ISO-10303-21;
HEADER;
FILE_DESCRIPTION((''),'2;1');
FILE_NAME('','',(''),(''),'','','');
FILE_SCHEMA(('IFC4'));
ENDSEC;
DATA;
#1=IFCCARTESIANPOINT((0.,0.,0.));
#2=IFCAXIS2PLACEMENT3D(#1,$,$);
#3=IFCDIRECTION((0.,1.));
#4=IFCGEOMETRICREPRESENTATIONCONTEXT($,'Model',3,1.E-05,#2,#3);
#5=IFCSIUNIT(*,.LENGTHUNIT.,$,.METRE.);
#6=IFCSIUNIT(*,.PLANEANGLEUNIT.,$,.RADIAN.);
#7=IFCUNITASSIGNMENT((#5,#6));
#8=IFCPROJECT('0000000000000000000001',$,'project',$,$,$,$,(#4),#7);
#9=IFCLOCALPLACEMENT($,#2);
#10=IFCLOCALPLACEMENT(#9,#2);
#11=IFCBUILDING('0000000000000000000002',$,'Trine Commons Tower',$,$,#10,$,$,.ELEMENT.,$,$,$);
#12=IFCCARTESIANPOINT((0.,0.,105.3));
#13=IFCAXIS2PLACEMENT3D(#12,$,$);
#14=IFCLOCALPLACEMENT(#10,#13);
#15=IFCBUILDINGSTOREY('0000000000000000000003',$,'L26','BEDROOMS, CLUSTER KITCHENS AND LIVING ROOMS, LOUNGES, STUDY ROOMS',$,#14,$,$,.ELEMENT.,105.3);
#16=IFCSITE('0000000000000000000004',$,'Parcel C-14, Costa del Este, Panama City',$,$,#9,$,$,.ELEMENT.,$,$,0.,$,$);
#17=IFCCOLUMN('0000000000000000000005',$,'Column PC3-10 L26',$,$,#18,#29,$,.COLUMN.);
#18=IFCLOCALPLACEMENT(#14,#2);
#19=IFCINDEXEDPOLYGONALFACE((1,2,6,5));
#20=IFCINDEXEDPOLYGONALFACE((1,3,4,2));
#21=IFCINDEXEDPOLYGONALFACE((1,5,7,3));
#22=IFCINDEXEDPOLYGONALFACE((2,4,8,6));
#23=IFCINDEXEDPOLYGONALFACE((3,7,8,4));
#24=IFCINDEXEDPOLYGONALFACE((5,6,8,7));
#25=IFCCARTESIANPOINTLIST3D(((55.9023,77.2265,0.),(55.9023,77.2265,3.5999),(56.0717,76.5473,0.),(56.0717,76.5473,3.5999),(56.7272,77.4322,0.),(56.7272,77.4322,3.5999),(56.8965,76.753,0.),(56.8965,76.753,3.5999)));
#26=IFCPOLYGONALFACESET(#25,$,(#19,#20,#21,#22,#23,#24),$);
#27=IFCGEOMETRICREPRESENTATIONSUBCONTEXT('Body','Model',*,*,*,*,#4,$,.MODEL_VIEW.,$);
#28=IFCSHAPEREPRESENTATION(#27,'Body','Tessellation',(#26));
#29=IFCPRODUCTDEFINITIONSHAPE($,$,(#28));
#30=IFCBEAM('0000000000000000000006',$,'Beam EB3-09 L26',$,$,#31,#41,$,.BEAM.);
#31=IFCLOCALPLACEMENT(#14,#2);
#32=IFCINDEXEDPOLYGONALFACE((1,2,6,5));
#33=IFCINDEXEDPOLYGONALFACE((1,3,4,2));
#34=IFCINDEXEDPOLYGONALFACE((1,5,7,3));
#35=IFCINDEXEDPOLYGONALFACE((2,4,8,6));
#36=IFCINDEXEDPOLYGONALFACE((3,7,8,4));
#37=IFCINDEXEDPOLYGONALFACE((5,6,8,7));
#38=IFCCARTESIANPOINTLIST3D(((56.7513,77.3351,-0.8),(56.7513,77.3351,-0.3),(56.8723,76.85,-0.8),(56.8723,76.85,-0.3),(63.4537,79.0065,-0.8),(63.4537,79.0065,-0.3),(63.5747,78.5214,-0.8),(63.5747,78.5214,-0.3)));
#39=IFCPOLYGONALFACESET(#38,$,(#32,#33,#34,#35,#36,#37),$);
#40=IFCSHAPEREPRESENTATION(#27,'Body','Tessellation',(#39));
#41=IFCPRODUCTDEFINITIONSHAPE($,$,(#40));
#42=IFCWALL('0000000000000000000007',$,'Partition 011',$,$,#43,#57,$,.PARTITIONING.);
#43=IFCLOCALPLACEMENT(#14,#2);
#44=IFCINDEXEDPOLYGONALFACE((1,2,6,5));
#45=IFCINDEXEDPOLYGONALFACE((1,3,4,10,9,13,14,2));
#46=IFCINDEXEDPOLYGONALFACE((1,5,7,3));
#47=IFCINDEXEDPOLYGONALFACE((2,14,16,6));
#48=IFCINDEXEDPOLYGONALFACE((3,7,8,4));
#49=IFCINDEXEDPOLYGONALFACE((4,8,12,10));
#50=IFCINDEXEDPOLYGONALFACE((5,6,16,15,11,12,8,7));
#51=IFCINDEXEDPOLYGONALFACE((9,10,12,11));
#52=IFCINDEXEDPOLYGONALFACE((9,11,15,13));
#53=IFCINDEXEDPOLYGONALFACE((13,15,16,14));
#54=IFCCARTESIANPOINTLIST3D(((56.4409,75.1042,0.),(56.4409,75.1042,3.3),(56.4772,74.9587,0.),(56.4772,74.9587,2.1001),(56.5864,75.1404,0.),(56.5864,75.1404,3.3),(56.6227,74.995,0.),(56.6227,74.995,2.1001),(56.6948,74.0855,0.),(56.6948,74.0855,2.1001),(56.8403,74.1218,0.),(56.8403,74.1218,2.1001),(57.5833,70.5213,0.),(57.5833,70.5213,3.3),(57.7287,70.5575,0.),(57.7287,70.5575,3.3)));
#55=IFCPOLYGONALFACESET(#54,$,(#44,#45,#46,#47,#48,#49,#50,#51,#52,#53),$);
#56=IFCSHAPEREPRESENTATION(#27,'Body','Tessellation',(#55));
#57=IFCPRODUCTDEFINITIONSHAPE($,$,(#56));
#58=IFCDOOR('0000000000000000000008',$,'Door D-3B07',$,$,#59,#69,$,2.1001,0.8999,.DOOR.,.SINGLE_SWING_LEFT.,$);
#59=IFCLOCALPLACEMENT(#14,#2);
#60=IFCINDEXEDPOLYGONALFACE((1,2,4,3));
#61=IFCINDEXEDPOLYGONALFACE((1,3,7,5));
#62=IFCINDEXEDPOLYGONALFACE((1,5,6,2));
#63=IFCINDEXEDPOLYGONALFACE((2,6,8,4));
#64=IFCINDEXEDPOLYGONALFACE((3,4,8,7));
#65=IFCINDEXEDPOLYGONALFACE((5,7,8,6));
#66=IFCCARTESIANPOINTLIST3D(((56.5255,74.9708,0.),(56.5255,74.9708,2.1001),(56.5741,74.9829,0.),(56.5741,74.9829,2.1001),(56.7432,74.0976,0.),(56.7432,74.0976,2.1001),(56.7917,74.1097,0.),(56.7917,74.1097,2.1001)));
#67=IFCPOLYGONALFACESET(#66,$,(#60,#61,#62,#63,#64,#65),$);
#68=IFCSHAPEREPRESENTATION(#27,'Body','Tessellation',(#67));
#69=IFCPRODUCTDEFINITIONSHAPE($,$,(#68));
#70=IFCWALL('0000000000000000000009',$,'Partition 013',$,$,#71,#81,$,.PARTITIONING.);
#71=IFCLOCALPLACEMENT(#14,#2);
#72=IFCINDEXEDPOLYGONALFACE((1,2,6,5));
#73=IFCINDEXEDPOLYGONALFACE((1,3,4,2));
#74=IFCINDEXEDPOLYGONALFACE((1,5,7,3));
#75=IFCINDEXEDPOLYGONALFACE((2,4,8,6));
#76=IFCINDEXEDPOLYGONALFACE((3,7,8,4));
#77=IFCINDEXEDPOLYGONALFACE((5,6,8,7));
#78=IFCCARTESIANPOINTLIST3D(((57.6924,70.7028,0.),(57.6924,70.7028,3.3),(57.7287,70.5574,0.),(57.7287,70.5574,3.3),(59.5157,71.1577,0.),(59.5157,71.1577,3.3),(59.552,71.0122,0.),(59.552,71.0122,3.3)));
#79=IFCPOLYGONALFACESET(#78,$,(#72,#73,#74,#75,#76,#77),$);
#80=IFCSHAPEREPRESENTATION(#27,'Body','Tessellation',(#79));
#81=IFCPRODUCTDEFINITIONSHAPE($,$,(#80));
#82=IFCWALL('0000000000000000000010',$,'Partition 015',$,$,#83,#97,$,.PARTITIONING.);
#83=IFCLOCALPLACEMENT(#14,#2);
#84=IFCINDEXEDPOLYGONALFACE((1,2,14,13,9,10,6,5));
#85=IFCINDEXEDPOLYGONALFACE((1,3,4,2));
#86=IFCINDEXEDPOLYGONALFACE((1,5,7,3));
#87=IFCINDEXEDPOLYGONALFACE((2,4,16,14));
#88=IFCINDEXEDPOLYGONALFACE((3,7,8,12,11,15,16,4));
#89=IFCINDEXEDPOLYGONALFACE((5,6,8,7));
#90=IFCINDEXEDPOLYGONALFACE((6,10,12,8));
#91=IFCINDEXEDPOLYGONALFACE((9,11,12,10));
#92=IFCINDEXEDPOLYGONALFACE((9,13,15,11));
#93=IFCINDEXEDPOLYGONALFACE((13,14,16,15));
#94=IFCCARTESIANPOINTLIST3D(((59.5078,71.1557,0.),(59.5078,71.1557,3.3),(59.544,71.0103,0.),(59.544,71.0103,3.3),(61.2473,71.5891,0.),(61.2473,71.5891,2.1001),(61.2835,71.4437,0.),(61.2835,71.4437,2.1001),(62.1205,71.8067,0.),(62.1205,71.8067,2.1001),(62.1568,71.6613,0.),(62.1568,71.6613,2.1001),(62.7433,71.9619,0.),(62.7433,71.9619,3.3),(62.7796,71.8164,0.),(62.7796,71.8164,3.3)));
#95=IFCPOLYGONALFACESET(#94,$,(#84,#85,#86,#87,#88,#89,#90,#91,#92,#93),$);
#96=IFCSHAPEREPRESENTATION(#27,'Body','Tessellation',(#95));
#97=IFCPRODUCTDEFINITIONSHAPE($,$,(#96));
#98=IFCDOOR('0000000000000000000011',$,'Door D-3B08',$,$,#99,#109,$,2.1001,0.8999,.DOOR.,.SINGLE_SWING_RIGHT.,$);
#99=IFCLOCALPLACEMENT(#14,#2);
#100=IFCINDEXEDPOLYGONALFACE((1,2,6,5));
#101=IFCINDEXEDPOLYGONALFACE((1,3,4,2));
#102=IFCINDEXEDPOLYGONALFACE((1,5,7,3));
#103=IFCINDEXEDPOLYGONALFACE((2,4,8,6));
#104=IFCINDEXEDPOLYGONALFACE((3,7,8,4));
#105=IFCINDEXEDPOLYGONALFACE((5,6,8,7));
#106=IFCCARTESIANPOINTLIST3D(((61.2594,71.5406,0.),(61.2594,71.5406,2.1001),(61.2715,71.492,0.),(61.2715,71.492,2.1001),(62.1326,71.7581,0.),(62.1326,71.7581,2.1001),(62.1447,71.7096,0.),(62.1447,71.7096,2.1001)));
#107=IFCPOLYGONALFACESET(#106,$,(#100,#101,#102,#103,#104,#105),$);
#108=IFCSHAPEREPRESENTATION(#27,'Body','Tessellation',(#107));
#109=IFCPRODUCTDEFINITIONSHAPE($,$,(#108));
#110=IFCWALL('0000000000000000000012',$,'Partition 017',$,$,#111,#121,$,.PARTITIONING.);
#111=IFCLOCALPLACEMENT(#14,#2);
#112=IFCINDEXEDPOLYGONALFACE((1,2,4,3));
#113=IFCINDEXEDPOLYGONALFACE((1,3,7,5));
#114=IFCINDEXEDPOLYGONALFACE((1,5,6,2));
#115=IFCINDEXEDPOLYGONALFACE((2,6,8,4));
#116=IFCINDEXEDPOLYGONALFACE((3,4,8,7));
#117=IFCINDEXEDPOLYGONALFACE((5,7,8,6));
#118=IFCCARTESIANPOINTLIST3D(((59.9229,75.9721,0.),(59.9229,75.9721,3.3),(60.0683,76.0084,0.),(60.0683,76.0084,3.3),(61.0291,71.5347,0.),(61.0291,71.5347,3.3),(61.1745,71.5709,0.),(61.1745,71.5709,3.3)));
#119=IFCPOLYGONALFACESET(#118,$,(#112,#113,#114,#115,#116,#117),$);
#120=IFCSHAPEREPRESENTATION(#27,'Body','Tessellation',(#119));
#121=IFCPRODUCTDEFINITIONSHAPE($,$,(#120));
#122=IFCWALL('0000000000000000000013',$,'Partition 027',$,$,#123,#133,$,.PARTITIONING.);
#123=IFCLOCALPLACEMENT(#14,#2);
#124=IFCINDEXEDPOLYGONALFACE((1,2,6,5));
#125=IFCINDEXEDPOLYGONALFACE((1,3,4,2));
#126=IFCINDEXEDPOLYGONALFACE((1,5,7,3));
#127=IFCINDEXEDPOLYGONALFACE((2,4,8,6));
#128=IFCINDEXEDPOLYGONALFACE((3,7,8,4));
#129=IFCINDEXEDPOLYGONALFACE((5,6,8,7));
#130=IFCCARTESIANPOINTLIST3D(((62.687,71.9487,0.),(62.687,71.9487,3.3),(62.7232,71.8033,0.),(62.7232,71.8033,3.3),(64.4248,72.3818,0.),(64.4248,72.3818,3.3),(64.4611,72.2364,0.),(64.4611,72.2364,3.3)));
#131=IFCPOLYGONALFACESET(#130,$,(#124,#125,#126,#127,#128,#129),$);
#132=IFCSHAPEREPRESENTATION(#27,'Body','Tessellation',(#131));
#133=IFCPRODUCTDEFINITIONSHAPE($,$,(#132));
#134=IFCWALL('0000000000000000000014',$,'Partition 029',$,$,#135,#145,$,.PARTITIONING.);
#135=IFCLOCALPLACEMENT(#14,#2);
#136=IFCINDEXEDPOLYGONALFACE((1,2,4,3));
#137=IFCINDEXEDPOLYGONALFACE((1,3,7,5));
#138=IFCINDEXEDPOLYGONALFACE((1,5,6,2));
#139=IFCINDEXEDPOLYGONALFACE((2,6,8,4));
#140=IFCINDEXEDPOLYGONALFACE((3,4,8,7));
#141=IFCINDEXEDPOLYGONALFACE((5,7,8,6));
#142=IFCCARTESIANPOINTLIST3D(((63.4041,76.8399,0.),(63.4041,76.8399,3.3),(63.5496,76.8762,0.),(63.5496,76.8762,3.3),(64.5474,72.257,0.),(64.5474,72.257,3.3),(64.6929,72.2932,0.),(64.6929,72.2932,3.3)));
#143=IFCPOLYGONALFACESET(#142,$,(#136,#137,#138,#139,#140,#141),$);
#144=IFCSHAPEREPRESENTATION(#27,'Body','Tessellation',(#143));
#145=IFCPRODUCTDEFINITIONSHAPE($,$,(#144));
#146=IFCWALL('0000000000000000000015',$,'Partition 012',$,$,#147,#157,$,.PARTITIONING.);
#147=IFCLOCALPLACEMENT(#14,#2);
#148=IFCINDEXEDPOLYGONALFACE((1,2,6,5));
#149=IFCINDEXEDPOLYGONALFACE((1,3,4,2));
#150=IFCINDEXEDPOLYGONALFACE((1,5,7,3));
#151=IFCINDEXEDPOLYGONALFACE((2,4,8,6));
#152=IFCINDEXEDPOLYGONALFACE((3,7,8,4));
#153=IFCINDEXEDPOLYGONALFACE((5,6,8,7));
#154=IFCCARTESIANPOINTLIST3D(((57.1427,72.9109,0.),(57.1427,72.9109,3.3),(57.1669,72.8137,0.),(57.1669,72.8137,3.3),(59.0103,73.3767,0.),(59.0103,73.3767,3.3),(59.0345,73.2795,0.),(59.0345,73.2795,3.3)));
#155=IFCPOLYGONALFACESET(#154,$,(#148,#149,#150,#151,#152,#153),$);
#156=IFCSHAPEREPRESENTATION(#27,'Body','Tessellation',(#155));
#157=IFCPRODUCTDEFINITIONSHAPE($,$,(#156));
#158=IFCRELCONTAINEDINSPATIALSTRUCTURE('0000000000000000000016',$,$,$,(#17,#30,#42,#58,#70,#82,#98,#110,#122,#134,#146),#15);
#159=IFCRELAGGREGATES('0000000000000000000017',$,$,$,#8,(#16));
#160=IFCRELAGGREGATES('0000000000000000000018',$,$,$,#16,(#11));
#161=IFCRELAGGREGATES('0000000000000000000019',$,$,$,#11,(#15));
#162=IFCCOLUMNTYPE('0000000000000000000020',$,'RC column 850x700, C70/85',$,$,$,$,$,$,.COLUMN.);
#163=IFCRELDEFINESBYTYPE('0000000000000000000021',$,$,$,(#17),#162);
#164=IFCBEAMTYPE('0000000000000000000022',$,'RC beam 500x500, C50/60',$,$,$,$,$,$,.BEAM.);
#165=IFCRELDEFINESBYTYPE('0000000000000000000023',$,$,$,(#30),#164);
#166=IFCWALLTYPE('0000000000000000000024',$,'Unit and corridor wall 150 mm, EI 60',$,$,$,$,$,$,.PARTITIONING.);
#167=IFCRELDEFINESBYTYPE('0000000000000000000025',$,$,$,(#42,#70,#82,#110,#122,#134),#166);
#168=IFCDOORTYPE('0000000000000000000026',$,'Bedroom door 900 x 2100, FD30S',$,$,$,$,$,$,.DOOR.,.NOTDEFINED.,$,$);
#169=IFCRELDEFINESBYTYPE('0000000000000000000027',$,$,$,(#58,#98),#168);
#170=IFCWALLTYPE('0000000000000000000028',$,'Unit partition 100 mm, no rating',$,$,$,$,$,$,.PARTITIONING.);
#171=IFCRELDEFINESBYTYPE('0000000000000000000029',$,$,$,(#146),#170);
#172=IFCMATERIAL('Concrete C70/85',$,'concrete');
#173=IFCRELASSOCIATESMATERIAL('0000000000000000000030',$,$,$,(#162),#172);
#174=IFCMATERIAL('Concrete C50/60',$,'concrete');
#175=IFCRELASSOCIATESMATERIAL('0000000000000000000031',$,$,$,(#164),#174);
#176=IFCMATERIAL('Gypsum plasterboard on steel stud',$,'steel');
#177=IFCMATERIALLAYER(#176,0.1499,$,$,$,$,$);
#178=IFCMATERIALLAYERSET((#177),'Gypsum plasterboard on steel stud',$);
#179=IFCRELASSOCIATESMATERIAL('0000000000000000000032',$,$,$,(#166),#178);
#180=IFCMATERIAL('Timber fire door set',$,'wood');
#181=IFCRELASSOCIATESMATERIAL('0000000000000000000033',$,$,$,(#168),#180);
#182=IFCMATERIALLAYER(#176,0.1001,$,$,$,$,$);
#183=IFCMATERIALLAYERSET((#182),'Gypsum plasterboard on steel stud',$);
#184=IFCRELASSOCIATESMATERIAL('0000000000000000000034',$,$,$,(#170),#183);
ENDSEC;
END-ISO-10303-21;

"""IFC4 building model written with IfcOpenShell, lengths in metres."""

from ifc_helpers import new_model, si_unit, direction, frame, frame_2d, origin, origin_2d, place, context, subcontext, project, spatial, rectangle, extrude, material, layer, layer_set, material_profile, profile_set, type_object, element, fill, save


model = new_model("IFC4")

# Units and contexts
model_context = context("Model", 3, precision=1e-05, world=origin(), true_north=direction((0.0, 1.0)))
body_context = subcontext(model_context, "Body", "Model", "MODEL_VIEW")
ifc_project = project(units=[si_unit("LENGTHUNIT", "METRE"), si_unit("PLANEANGLEUNIT", "RADIAN")], contexts=[model_context])

# Site, building, storey
site_placement = place(None, origin())
site = spatial("IfcSite", under=ifc_project, at=site_placement, Name="Parcel C-14, Costa del Este, Panama City", CompositionType="ELEMENT", RefElevation=0.0)
building_placement = place(site_placement, origin())
building = spatial("IfcBuilding", under=site, at=building_placement, Name="Trine Commons Tower", CompositionType="ELEMENT")
storey_placement = place(building_placement, frame((0.0, 0.0, 105.3)))
storey = spatial("IfcBuildingStorey", under=building, at=storey_placement, Name="L26", Description="BEDROOMS, CLUSTER KITCHENS AND LIVING ROOMS, LOUNGES, STUDY ROOMS", CompositionType="ELEMENT", Elevation=105.3)

# Column
ifc_material_1 = material(Name="Concrete C70/85", Category="concrete")
ifc_material_profile_1 = material_profile(ifc_material_1, rectangle(XDim=0.8501, YDim=0.7, at=origin_2d()), Name="RC 850x700")
ifc_profile_set_1 = profile_set([ifc_material_profile_1], Name="Concrete C70/85")
column_type = type_object("IfcColumnType", Name="RC column 850x700, C70/85", PredefinedType="COLUMN", material=ifc_profile_set_1)
column_placement = place(storey_placement, frame((56.3994, 76.9897, 0.0), z_axis=(0.0, 0.0, 1.0), x_axis=(0.970296, 0.241922, 0.0)))
element("IfcColumn", 1, at=column_placement, inside=storey, type_object=column_type, Name="Column PC3-10 L26", PredefinedType="COLUMN", context=body_context, shape_type="SweptSolid", body=[
    extrude(rectangle(XDim=0.8501, YDim=0.7, at=origin_2d()), origin(), (0.0, 0.0, 1.0), 3.5999),
])

# Beam
ifc_material_2 = material(Name="Concrete C50/60", Category="concrete")
ifc_material_profile_2 = material_profile(ifc_material_2, rectangle(XDim=0.5, YDim=0.5, at=origin_2d()), Name="RC 500x500")
ifc_profile_set_2 = profile_set([ifc_material_profile_2], Name="Concrete C50/60")
beam_type = type_object("IfcBeamType", Name="RC beam 500x500, C50/60", PredefinedType="BEAM", material=ifc_profile_set_2)
beam_placement = place(storey_placement, frame((56.8118, 77.0925, -0.55), z_axis=(0.970286, 0.241962, 0.0), x_axis=(-0.241962, 0.970286, 0.0)))
element("IfcBeam", 2, at=beam_placement, inside=storey, type_object=beam_type, Name="Beam EB3-09 L26", PredefinedType="BEAM", context=body_context, shape_type="SweptSolid", body=[
    extrude(rectangle(XDim=0.5, YDim=0.5, at=origin_2d()), origin(), (0.0, 0.0, 1.0), 6.9077),
])

# Wall, opening, door
ifc_material_3 = material(Name="Gypsum plasterboard on steel stud", Category="steel")
ifc_layer_1 = layer(ifc_material_3, 0.1499)
ifc_layer_set_1 = layer_set([ifc_layer_1], Name="Gypsum plasterboard on steel stud")
wall_type_1 = type_object("IfcWallType", Name="Unit and corridor wall 150 mm, EI 60", PredefinedType="PARTITIONING", material=ifc_layer_set_1)
wall_1_placement = place(storey_placement, frame((56.5137, 75.1223, 0.0), z_axis=(0.0, 0.0, 1.0), x_axis=(0.241854, -0.970313, 0.0)))
wall_1 = element("IfcWall", 3, at=wall_1_placement, inside=storey, type_object=wall_type_1, Name="Partition 011", PredefinedType="PARTITIONING", context=body_context, shape_type="SweptSolid", body=[
    extrude(rectangle(XDim=4.7231, YDim=0.1499, at=frame_2d((2.3616, 0.0))), origin(), (0.0, 0.0, 1.0), 3.3),
])
opening_1_placement = place(wall_1_placement, frame((0.1499, 0.0, 0.0)))
opening_1 = element("IfcOpeningElement", 4, at=opening_1_placement, cuts=wall_1, PredefinedType="OPENING", context=body_context, shape_type="SweptSolid", body=[
    extrude(rectangle(XDim=0.8999, YDim=2.1001, at=frame_2d((0.45, 1.05))), frame((0.0, 0.085, 0.0), z_axis=(0.0, -1.0, 0.0), x_axis=(1.0, 0.0, 0.0)), (0.0, 0.0, 1.0), 0.1699),
])
ifc_material_4 = material(Name="Timber fire door set", Category="wood")
door_type_1 = type_object("IfcDoorType", Name="Bedroom door 900 x 2100, FD30S", OperationType="NOTDEFINED", PredefinedType="DOOR", material=ifc_material_4)
door_1_placement = place(opening_1_placement, origin())
door_1 = element("IfcDoor", 5, at=door_1_placement, inside=storey, type_object=door_type_1, Name="Door D-3B07", OperationType="SINGLE_SWING_LEFT", OverallHeight=2.1001, OverallWidth=0.8999, PredefinedType="DOOR", context=body_context, shape_type="SweptSolid", body=[
    extrude(rectangle(XDim=0.8999, YDim=2.1001, at=frame_2d((0.45, 1.05))), frame((0.0, 0.0249, 0.0), z_axis=(0.0, -1.0, 0.0), x_axis=(1.0, 0.0, 0.0)), (0.0, 0.0, 1.0), 0.05),
])
fill(opening_1, door_1)

# Wall
wall_2_placement = place(storey_placement, frame((57.7107, 70.6301, 0.0), z_axis=(0.0, 0.0, 1.0), x_axis=(0.970265, 0.242046, 0.0)))
element("IfcWall", 6, at=wall_2_placement, inside=storey, type_object=wall_type_1, Name="Partition 013", PredefinedType="PARTITIONING", context=body_context, shape_type="SweptSolid", body=[
    extrude(rectangle(XDim=1.8792, YDim=0.1499, at=frame_2d((0.9395, 0.0))), origin(), (0.0, 0.0, 1.0), 3.3),
])

# Wall, opening, door
wall_3_placement = place(storey_placement, frame((59.5259, 71.083, 0.0), z_axis=(0.0, 0.0, 1.0), x_axis=(0.970336, 0.24176, 0.0)))
wall_3 = element("IfcWall", 7, at=wall_3_placement, inside=storey, type_object=wall_type_1, Name="Partition 015", PredefinedType="PARTITIONING", context=body_context, shape_type="SweptSolid", body=[
    extrude(rectangle(XDim=3.3345, YDim=0.1499, at=frame_2d((1.6672, 0.0))), origin(), (0.0, 0.0, 1.0), 3.3),
])
opening_2_placement = place(wall_3_placement, frame((1.7927, 0.0, 0.0)))
opening_2 = element("IfcOpeningElement", 8, at=opening_2_placement, cuts=wall_3, PredefinedType="OPENING", context=body_context, shape_type="SweptSolid", body=[
    extrude(rectangle(XDim=0.8999, YDim=2.1001, at=frame_2d((0.45, 1.05))), frame((0.0, 0.085, 0.0), z_axis=(0.0, -1.0, 0.0), x_axis=(1.0, 0.0, 0.0)), (0.0, 0.0, 1.0), 0.1699),
])
door_2_placement = place(opening_2_placement, origin())
door_2 = element("IfcDoor", 9, at=door_2_placement, inside=storey, type_object=door_type_1, Name="Door D-3B08", OperationType="SINGLE_SWING_RIGHT", OverallHeight=2.1001, OverallWidth=0.8999, PredefinedType="DOOR", context=body_context, shape_type="SweptSolid", body=[
    extrude(rectangle(XDim=0.8999, YDim=2.1001, at=frame_2d((0.45, 1.05))), frame((0.0, 0.0249, 0.0), z_axis=(0.0, -1.0, 0.0), x_axis=(1.0, 0.0, 0.0)), (0.0, 0.0, 1.0), 0.05),
])
fill(opening_2, door_2)

# Walls
wall_4_placement = place(storey_placement, frame((59.9956, 75.9902, 0.0), z_axis=(0.0, 0.0, 1.0), x_axis=(0.241882, -0.970306, 0.0)))
element("IfcWall", 10, at=wall_4_placement, inside=storey, type_object=wall_type_1, Name="Partition 017", PredefinedType="PARTITIONING", context=body_context, shape_type="SweptSolid", body=[
    extrude(rectangle(XDim=4.5732, YDim=0.1499, at=frame_2d((2.2866, 0.0))), origin(), (0.0, 0.0, 1.0), 3.3),
])
wall_5_placement = place(storey_placement, frame((62.7051, 71.876, 0.0), z_axis=(0.0, 0.0, 1.0), x_axis=(0.970319, 0.24183, 0.0)))
element("IfcWall", 11, at=wall_5_placement, inside=storey, type_object=wall_type_1, Name="Partition 027", PredefinedType="PARTITIONING", context=body_context, shape_type="SweptSolid", body=[
    extrude(rectangle(XDim=1.791, YDim=0.1499, at=frame_2d((0.8955, 0.0))), origin(), (0.0, 0.0, 1.0), 3.3),
])
wall_6_placement = place(storey_placement, frame((63.4768, 76.8582, 0.0), z_axis=(0.0, 0.0, 1.0), x_axis=(0.242049, -0.970264, 0.0)))
element("IfcWall", 12, at=wall_6_placement, inside=storey, type_object=wall_type_1, Name="Partition 029", PredefinedType="PARTITIONING", context=body_context, shape_type="SweptSolid", body=[
    extrude(rectangle(XDim=4.7234, YDim=0.1499, at=frame_2d((2.3618, 0.0))), origin(), (0.0, 0.0, 1.0), 3.3),
])
ifc_layer_2 = layer(ifc_material_3, 0.1001)
ifc_layer_set_2 = layer_set([ifc_layer_2], Name="Gypsum plasterboard on steel stud")
wall_type_2 = type_object("IfcWallType", Name="Unit partition 100 mm, no rating", PredefinedType="PARTITIONING", material=ifc_layer_set_2)
wall_7_placement = place(storey_placement, frame((57.1548, 72.8623, 0.0), z_axis=(0.0, 0.0, 1.0), x_axis=(0.970277, 0.241998, 0.0)))
element("IfcWall", 13, at=wall_7_placement, inside=storey, type_object=wall_type_2, Name="Partition 012", PredefinedType="PARTITIONING", context=body_context, shape_type="SweptSolid", body=[
    extrude(rectangle(XDim=1.9248, YDim=0.1001, at=frame_2d((0.9624, 0.0))), origin(), (0.0, 0.0, 1.0), 3.3),
])

save(model, "model.ifc")
